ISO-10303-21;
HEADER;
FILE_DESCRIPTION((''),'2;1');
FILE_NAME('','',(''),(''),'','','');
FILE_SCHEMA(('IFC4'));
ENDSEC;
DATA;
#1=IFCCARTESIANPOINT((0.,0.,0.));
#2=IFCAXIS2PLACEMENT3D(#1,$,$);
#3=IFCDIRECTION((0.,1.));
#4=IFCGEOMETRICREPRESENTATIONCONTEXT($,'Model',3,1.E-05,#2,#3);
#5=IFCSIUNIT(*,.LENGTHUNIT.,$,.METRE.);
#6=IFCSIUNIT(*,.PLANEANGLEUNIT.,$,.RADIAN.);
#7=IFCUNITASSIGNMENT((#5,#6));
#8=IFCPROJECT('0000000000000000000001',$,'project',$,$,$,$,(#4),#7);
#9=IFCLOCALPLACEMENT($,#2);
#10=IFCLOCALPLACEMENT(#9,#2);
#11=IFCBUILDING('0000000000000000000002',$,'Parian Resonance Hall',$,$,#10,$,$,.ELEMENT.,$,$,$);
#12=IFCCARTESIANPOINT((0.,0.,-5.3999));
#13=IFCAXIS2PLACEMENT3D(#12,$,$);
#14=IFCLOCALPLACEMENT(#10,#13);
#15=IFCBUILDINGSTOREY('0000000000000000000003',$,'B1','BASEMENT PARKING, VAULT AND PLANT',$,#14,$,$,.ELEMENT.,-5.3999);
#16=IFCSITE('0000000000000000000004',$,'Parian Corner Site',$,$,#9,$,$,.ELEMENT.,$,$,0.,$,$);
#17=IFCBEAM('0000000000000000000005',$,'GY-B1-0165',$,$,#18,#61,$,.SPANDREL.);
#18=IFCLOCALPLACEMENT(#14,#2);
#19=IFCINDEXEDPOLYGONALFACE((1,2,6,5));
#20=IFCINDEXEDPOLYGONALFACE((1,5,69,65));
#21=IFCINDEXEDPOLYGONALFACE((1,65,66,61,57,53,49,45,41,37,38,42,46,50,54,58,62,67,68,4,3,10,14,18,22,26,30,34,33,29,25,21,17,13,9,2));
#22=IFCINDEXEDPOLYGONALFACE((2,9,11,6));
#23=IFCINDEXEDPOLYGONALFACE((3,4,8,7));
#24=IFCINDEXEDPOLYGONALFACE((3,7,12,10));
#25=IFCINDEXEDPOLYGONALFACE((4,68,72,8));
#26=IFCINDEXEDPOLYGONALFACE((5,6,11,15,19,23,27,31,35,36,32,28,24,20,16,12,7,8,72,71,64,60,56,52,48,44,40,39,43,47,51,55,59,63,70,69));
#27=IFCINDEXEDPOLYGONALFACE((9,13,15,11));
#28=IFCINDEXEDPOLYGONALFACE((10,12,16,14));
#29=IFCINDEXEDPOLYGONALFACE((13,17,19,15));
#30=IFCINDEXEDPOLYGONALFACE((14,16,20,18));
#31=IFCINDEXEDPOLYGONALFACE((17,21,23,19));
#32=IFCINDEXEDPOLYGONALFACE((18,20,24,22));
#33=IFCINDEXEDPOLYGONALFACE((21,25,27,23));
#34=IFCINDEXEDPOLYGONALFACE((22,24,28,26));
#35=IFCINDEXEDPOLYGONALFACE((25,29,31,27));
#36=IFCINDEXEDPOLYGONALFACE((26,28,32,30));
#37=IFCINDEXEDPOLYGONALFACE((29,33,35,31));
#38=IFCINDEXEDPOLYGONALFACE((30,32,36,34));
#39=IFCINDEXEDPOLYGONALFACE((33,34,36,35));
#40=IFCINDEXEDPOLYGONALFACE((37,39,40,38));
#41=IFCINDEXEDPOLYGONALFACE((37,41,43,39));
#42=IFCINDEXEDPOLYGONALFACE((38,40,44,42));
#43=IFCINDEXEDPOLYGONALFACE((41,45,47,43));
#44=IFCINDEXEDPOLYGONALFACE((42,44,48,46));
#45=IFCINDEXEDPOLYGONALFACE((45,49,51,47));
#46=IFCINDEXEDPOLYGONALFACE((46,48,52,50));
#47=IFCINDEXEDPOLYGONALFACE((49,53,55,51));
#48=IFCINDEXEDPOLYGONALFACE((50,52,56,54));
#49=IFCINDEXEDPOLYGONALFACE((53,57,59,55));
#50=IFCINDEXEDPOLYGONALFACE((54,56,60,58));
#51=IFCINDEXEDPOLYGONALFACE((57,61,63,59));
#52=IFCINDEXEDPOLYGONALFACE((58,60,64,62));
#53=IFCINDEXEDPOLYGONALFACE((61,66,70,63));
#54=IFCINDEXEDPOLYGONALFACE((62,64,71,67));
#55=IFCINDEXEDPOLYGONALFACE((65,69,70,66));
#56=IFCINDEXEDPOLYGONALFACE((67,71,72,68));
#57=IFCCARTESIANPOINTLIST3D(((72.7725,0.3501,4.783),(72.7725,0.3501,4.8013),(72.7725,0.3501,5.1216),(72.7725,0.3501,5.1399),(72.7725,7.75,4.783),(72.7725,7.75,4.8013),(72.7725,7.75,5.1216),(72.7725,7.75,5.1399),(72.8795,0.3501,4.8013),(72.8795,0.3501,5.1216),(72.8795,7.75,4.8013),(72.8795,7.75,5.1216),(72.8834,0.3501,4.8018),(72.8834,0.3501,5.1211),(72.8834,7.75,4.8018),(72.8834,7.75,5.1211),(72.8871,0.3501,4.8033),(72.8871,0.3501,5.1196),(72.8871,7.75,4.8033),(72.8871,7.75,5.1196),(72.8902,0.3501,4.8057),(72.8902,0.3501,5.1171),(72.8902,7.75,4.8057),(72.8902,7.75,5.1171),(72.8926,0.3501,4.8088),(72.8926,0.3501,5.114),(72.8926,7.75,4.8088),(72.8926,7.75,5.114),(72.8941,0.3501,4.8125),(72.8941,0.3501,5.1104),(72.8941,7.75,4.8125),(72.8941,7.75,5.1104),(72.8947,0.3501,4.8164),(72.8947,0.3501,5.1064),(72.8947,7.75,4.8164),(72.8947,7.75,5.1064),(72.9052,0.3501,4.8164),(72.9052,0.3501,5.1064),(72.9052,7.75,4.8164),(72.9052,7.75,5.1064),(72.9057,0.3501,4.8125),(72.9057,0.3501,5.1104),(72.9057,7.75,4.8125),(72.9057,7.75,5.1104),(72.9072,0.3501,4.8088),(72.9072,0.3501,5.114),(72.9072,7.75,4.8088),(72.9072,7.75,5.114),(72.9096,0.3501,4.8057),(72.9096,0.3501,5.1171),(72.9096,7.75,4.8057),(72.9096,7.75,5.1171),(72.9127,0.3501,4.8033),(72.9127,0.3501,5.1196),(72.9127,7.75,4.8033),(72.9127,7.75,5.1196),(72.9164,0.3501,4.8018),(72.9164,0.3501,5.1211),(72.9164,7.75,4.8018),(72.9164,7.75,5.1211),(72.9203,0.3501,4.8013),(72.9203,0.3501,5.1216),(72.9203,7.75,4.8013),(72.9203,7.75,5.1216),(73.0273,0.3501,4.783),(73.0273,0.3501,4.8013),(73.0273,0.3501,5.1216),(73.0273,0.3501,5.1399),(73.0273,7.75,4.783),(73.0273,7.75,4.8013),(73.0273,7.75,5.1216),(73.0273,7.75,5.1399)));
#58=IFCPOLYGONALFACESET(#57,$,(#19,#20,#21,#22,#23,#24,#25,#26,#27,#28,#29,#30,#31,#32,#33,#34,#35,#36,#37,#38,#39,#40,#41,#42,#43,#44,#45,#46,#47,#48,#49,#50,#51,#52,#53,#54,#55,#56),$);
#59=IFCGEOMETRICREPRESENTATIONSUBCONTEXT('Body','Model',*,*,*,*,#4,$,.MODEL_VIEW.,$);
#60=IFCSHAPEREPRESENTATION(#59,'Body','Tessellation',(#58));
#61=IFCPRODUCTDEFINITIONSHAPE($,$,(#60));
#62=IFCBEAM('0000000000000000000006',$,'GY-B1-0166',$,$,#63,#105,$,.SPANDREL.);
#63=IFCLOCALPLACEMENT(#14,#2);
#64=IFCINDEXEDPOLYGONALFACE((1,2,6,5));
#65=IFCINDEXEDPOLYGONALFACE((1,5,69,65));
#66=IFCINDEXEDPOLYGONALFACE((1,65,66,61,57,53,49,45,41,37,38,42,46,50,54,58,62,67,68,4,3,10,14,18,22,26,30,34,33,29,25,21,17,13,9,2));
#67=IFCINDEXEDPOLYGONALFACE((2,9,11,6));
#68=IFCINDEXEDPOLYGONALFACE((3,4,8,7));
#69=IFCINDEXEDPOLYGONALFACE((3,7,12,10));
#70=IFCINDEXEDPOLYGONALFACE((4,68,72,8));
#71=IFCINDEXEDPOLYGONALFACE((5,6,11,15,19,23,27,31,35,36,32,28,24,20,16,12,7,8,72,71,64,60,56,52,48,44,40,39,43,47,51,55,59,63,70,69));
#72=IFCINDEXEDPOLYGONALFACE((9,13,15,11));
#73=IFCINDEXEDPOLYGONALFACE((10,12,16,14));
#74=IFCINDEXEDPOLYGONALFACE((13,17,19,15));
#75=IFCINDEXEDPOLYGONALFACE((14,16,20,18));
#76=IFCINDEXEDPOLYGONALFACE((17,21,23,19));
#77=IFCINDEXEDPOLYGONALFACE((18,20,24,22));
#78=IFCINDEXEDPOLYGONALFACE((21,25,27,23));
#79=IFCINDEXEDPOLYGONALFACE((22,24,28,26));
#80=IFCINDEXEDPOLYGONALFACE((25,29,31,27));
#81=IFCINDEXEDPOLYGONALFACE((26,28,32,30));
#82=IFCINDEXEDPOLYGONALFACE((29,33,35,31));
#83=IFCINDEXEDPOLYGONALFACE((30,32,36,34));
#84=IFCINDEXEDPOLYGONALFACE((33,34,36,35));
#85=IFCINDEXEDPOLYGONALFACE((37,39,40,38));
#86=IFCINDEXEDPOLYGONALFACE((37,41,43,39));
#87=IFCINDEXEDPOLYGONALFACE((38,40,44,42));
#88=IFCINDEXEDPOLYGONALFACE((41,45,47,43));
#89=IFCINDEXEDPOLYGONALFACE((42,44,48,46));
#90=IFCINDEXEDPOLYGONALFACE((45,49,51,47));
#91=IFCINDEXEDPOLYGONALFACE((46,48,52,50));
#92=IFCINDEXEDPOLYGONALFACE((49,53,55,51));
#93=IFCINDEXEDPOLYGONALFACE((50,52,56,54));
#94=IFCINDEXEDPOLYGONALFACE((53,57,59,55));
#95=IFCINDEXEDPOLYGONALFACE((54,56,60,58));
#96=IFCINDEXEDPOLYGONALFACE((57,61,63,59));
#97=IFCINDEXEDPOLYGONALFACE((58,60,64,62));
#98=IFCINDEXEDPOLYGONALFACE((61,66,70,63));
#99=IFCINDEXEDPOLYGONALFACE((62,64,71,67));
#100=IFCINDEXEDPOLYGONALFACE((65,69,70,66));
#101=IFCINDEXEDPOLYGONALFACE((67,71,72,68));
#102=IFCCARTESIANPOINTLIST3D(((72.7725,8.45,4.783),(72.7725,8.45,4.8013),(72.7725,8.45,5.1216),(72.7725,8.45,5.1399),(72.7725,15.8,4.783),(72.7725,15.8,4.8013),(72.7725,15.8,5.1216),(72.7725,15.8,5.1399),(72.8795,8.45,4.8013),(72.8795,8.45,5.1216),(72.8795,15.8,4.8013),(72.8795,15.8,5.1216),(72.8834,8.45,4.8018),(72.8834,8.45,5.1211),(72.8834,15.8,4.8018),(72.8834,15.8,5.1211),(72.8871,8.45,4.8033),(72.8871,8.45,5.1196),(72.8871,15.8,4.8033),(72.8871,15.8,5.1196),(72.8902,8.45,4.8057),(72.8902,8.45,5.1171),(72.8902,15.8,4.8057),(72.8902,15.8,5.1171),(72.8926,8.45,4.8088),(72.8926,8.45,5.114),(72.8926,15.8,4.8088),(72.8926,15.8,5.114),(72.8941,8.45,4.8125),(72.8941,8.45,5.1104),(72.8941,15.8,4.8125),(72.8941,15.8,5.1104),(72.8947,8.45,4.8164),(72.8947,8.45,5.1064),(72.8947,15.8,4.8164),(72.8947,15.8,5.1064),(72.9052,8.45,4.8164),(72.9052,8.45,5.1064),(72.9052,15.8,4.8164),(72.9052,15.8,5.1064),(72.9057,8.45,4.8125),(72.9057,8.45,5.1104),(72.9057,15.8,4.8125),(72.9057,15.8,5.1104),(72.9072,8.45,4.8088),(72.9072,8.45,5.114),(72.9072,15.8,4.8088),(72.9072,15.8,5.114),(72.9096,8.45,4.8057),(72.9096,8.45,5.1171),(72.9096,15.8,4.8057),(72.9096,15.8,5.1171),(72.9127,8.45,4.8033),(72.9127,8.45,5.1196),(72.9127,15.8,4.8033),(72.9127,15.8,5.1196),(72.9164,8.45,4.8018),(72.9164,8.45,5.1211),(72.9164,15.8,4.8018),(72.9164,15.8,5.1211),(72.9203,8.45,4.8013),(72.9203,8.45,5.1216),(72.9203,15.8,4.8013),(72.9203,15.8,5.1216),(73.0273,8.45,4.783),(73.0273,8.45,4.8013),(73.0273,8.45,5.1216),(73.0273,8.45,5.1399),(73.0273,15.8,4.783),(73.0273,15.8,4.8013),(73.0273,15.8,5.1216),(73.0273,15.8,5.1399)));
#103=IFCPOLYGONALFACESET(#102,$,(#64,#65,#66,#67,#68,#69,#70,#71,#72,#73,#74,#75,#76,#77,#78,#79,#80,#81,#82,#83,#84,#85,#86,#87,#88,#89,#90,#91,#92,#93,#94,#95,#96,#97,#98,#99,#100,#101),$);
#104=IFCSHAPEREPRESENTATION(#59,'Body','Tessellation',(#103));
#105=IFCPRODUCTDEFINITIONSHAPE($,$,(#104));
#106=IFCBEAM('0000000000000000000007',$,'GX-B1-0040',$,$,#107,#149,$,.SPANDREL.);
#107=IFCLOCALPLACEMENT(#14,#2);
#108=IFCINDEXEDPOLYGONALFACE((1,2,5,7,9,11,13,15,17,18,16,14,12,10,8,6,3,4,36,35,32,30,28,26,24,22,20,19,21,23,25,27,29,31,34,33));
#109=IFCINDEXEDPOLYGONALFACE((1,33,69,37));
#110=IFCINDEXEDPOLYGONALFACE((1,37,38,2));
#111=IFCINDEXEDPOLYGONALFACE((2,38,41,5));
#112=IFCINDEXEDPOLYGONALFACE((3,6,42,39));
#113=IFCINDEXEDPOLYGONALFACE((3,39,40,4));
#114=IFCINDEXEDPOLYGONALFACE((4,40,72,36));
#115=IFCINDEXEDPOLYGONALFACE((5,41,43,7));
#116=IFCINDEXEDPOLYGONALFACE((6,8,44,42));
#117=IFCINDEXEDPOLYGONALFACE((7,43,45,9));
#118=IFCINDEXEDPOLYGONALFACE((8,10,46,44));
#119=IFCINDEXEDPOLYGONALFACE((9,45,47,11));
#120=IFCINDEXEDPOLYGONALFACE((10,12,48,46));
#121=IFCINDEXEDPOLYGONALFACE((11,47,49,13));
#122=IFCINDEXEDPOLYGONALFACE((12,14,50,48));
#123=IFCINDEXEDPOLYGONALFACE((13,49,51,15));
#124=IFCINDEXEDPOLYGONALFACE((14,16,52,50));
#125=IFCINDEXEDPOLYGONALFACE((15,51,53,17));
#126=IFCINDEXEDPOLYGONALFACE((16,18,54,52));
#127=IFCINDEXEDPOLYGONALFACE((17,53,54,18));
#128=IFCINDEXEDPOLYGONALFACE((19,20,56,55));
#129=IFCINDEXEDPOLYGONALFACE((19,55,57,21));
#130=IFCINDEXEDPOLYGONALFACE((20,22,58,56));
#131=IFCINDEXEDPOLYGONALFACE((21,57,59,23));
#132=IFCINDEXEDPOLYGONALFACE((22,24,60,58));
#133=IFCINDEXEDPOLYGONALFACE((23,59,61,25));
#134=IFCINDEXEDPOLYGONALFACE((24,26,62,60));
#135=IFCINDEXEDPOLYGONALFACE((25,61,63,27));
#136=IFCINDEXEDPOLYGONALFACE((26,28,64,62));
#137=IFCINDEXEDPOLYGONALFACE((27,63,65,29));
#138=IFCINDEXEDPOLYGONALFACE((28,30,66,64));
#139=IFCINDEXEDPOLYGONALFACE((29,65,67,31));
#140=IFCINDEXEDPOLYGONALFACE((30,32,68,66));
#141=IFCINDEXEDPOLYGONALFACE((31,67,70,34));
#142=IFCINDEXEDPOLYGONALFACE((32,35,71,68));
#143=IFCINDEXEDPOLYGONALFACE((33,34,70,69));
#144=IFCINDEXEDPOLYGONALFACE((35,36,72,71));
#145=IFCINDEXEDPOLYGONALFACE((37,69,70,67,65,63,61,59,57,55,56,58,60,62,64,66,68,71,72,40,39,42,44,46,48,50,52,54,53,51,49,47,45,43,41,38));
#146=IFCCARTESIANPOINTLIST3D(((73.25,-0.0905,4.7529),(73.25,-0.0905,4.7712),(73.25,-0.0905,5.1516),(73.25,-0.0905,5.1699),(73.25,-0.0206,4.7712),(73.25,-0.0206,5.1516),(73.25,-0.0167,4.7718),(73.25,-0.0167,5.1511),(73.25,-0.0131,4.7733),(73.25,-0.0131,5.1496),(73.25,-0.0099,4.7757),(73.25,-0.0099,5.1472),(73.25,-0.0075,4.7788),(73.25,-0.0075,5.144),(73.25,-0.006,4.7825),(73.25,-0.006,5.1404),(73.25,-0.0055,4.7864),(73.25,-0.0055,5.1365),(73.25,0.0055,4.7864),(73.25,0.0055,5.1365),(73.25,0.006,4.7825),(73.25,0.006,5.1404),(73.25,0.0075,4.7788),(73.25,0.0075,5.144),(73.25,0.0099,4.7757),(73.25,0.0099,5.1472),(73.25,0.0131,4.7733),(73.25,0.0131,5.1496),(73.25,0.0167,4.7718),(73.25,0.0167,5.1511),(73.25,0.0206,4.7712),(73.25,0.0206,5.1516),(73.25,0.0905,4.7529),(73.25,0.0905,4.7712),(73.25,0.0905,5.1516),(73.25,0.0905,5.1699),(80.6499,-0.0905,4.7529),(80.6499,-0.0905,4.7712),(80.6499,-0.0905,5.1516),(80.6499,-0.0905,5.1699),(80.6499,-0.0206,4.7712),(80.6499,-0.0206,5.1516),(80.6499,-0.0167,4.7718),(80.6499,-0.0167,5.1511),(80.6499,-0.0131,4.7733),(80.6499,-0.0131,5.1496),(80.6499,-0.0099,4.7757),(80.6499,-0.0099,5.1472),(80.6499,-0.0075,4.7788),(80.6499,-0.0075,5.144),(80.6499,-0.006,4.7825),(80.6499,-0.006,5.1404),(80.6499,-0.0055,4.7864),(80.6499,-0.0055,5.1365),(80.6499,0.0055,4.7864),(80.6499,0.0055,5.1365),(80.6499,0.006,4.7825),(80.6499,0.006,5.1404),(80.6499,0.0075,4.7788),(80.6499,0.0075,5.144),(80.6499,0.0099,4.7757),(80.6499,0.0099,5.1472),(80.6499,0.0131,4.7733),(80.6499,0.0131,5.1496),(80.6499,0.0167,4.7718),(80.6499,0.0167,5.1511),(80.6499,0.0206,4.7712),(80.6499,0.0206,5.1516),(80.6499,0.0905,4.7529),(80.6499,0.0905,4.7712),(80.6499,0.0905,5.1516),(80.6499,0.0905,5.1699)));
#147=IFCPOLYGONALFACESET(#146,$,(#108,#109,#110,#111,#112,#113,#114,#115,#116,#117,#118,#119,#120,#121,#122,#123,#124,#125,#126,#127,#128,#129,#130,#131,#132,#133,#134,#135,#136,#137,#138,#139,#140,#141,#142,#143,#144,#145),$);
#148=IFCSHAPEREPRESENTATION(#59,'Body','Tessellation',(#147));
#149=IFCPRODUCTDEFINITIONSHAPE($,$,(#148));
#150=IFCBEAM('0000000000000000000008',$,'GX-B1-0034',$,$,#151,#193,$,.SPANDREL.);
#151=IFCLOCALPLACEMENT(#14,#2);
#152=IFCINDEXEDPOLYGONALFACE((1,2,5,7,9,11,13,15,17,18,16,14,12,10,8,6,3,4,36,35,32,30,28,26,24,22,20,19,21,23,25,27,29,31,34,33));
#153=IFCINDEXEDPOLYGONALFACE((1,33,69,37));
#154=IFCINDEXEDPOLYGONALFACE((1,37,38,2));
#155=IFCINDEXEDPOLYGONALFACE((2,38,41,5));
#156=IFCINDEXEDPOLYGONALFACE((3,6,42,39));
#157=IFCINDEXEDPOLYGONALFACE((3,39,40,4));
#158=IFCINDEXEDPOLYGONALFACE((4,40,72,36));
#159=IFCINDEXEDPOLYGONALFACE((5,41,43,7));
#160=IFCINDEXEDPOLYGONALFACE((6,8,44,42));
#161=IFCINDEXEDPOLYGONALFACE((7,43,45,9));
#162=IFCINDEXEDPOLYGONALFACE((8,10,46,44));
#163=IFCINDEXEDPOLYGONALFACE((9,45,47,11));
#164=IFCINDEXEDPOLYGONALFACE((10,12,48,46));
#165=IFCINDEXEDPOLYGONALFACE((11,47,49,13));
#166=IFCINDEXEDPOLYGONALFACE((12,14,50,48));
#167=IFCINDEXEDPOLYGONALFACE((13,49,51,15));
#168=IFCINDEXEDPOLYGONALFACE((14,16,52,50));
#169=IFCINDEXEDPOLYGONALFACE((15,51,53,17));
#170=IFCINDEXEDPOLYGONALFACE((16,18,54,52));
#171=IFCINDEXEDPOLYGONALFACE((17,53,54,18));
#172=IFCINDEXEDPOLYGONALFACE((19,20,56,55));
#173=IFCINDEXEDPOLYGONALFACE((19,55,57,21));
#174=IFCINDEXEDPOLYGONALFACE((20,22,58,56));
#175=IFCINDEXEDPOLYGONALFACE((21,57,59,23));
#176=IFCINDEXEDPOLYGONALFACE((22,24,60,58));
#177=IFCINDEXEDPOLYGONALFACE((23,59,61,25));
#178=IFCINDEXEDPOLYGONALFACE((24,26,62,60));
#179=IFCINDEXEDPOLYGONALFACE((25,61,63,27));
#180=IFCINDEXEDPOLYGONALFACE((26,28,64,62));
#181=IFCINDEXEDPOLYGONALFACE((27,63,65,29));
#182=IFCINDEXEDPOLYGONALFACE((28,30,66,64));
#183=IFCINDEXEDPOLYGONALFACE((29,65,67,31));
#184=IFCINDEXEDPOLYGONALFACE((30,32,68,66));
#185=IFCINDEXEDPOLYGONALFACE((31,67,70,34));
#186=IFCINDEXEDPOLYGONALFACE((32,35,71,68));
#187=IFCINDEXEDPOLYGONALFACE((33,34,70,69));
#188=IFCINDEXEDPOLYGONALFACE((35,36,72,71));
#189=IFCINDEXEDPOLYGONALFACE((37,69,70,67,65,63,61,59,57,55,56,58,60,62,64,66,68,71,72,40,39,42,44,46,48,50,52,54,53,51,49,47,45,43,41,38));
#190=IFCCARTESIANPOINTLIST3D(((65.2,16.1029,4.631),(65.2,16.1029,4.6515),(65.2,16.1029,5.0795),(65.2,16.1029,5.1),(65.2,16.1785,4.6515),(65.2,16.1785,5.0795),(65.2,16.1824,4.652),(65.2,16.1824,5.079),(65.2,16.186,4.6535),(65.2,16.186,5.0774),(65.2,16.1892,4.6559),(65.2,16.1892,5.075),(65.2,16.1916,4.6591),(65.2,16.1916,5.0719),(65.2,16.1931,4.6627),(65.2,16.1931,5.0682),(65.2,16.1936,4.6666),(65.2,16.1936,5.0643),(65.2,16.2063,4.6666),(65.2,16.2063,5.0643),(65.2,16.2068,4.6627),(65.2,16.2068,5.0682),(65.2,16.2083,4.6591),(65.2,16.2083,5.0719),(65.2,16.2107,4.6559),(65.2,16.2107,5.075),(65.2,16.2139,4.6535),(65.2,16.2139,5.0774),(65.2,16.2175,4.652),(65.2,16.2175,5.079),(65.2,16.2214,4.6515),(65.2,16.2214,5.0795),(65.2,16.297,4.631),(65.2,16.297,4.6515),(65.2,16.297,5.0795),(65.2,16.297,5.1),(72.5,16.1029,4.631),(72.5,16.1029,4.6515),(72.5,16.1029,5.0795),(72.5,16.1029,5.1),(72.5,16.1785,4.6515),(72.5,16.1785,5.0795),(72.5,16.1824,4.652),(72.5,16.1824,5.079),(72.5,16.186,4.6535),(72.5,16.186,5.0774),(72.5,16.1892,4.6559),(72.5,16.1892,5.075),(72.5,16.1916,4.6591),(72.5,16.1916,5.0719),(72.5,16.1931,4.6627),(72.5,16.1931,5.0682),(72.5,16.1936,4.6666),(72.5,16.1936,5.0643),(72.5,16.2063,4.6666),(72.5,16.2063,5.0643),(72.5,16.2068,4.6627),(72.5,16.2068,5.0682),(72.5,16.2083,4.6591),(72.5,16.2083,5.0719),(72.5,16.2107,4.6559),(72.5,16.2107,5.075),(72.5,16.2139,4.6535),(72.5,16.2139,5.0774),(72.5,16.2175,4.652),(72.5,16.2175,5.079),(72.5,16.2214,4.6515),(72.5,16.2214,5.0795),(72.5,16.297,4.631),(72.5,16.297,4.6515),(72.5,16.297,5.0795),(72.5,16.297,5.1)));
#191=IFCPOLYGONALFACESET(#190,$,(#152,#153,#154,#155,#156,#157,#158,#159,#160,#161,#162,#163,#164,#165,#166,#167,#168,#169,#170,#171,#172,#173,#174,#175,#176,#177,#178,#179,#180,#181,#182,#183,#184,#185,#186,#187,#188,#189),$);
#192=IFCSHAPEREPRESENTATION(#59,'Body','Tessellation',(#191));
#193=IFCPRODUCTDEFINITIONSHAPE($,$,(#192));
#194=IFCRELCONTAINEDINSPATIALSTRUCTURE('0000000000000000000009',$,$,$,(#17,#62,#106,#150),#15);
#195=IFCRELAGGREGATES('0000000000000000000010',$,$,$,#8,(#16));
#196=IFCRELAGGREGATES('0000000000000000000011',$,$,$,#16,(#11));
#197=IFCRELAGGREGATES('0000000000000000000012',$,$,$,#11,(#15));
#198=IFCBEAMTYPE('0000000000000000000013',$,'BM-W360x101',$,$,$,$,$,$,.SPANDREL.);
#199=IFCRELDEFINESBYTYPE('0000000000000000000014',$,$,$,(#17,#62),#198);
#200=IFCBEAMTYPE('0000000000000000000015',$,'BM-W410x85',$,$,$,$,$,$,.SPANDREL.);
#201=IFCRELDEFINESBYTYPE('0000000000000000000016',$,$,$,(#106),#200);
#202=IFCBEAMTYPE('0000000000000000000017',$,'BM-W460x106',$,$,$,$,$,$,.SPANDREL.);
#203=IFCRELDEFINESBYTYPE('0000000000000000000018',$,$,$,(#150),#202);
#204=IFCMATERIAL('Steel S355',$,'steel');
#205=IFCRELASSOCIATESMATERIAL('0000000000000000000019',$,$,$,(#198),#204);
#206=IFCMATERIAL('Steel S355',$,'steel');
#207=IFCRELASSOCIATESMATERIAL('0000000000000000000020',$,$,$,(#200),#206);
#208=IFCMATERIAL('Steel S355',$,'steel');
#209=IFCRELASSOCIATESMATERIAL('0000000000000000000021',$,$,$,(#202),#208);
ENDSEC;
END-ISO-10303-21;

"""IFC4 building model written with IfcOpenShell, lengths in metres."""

from ifc_helpers import new_model, si_unit, direction, frame, origin, origin_2d, place, context, subcontext, project, spatial, i_section, extrude, material, material_profile, profile_set, type_object, element, save


model = new_model("IFC4")

# Units and contexts
model_context = context("Model", 3, precision=1e-05, world=origin(), true_north=direction((0.0, 1.0)))
body_context = subcontext(model_context, "Body", "Model", "MODEL_VIEW")
ifc_project = project(units=[si_unit("LENGTHUNIT", "METRE"), si_unit("PLANEANGLEUNIT", "RADIAN")], contexts=[model_context])

# Site, building, storey
site_placement = place(None, origin())
site = spatial("IfcSite", under=ifc_project, at=site_placement, Name="Parian Corner Site", CompositionType="ELEMENT", RefElevation=0.0)
building_placement = place(site_placement, origin())
building = spatial("IfcBuilding", under=site, at=building_placement, Name="Parian Resonance Hall", CompositionType="ELEMENT")
storey_placement = place(building_placement, frame((0.0, 0.0, -5.3999)))
storey = spatial("IfcBuildingStorey", under=building, at=storey_placement, Name="B1", Description="BASEMENT PARKING, VAULT AND PLANT", CompositionType="ELEMENT", Elevation=-5.3999)

# Beams
ifc_material_1 = material(Name="Steel S355", Category="steel")
ifc_material_profile_1 = material_profile(ifc_material_1, i_section(OverallWidth=0.2549, OverallDepth=0.3569, WebThickness=0.0105, FlangeThickness=0.0183, FilletRadius=0.0151, at=origin_2d()), Name="W360x101")
ifc_profile_set_1 = profile_set([ifc_material_profile_1], Name="Steel S355")
beam_type_1 = type_object("IfcBeamType", Name="BM-W360x101", PredefinedType="SPANDREL", material=ifc_profile_set_1)
beam_1_placement = place(storey_placement, frame((72.8999, 0.3501, 4.9614), z_axis=(0.0, 1.0, 0.0), x_axis=(-1.0, 0.0, 0.0)))
element("IfcBeam", 1, at=beam_1_placement, inside=storey, type_object=beam_type_1, Name="GY-B1-0165", PredefinedType="SPANDREL", context=body_context, shape_type="SweptSolid", body=[
    extrude(i_section(OverallWidth=0.2549, OverallDepth=0.3569, WebThickness=0.0105, FlangeThickness=0.0183, FilletRadius=0.0151, at=origin_2d()), origin(), (0.0, 0.0, 1.0), 7.3999),
])
beam_2_placement = place(storey_placement, frame((72.8999, 8.45, 4.9614), z_axis=(0.0, 1.0, 0.0), x_axis=(-1.0, 0.0, 0.0)))
element("IfcBeam", 2, at=beam_2_placement, inside=storey, type_object=beam_type_1, Name="GY-B1-0166", PredefinedType="SPANDREL", context=body_context, shape_type="SweptSolid", body=[
    extrude(i_section(OverallWidth=0.2549, OverallDepth=0.3569, WebThickness=0.0105, FlangeThickness=0.0183, FilletRadius=0.0151, at=origin_2d()), origin(), (0.0, 0.0, 1.0), 7.3501),
])
ifc_material_2 = material(Name="Steel S355", Category="steel")
ifc_material_profile_2 = material_profile(ifc_material_2, i_section(OverallWidth=0.1809, OverallDepth=0.417, WebThickness=0.011, FlangeThickness=0.0183, FilletRadius=0.0151, at=origin_2d()), Name="W410x85")
ifc_profile_set_2 = profile_set([ifc_material_profile_2], Name="Steel S355")
beam_type_2 = type_object("IfcBeamType", Name="BM-W410x85", PredefinedType="SPANDREL", material=ifc_profile_set_2)
beam_3_placement = place(storey_placement, frame((73.25, 0.0, 4.9614), z_axis=(1.0, 0.0, 0.0), x_axis=(0.0, 1.0, 0.0)))
element("IfcBeam", 3, at=beam_3_placement, inside=storey, type_object=beam_type_2, Name="GX-B1-0040", PredefinedType="SPANDREL", context=body_context, shape_type="SweptSolid", body=[
    extrude(i_section(OverallWidth=0.1809, OverallDepth=0.417, WebThickness=0.011, FlangeThickness=0.0183, FilletRadius=0.0151, at=origin_2d()), origin(), (0.0, 0.0, 1.0), 7.3999),
])
ifc_material_3 = material(Name="Steel S355", Category="steel")
ifc_material_profile_3 = material_profile(ifc_material_3, i_section(OverallWidth=0.1941, OverallDepth=0.469, WebThickness=0.0127, FlangeThickness=0.0205, FilletRadius=0.0151, at=origin_2d()), Name="W460x106")
ifc_profile_set_3 = profile_set([ifc_material_profile_3], Name="Steel S355")
beam_type_3 = type_object("IfcBeamType", Name="BM-W460x106", PredefinedType="SPANDREL", material=ifc_profile_set_3)
beam_4_placement = place(storey_placement, frame((65.2, 16.2, 4.8655), z_axis=(1.0, 0.0, 0.0), x_axis=(0.0, 1.0, 0.0)))
element("IfcBeam", 4, at=beam_4_placement, inside=storey, type_object=beam_type_3, Name="GX-B1-0034", PredefinedType="SPANDREL", context=body_context, shape_type="SweptSolid", body=[
    extrude(i_section(OverallWidth=0.1941, OverallDepth=0.469, WebThickness=0.0127, FlangeThickness=0.0205, FilletRadius=0.0151, at=origin_2d()), origin(), (0.0, 0.0, 1.0), 7.3),
])

save(model, "model.ifc")
